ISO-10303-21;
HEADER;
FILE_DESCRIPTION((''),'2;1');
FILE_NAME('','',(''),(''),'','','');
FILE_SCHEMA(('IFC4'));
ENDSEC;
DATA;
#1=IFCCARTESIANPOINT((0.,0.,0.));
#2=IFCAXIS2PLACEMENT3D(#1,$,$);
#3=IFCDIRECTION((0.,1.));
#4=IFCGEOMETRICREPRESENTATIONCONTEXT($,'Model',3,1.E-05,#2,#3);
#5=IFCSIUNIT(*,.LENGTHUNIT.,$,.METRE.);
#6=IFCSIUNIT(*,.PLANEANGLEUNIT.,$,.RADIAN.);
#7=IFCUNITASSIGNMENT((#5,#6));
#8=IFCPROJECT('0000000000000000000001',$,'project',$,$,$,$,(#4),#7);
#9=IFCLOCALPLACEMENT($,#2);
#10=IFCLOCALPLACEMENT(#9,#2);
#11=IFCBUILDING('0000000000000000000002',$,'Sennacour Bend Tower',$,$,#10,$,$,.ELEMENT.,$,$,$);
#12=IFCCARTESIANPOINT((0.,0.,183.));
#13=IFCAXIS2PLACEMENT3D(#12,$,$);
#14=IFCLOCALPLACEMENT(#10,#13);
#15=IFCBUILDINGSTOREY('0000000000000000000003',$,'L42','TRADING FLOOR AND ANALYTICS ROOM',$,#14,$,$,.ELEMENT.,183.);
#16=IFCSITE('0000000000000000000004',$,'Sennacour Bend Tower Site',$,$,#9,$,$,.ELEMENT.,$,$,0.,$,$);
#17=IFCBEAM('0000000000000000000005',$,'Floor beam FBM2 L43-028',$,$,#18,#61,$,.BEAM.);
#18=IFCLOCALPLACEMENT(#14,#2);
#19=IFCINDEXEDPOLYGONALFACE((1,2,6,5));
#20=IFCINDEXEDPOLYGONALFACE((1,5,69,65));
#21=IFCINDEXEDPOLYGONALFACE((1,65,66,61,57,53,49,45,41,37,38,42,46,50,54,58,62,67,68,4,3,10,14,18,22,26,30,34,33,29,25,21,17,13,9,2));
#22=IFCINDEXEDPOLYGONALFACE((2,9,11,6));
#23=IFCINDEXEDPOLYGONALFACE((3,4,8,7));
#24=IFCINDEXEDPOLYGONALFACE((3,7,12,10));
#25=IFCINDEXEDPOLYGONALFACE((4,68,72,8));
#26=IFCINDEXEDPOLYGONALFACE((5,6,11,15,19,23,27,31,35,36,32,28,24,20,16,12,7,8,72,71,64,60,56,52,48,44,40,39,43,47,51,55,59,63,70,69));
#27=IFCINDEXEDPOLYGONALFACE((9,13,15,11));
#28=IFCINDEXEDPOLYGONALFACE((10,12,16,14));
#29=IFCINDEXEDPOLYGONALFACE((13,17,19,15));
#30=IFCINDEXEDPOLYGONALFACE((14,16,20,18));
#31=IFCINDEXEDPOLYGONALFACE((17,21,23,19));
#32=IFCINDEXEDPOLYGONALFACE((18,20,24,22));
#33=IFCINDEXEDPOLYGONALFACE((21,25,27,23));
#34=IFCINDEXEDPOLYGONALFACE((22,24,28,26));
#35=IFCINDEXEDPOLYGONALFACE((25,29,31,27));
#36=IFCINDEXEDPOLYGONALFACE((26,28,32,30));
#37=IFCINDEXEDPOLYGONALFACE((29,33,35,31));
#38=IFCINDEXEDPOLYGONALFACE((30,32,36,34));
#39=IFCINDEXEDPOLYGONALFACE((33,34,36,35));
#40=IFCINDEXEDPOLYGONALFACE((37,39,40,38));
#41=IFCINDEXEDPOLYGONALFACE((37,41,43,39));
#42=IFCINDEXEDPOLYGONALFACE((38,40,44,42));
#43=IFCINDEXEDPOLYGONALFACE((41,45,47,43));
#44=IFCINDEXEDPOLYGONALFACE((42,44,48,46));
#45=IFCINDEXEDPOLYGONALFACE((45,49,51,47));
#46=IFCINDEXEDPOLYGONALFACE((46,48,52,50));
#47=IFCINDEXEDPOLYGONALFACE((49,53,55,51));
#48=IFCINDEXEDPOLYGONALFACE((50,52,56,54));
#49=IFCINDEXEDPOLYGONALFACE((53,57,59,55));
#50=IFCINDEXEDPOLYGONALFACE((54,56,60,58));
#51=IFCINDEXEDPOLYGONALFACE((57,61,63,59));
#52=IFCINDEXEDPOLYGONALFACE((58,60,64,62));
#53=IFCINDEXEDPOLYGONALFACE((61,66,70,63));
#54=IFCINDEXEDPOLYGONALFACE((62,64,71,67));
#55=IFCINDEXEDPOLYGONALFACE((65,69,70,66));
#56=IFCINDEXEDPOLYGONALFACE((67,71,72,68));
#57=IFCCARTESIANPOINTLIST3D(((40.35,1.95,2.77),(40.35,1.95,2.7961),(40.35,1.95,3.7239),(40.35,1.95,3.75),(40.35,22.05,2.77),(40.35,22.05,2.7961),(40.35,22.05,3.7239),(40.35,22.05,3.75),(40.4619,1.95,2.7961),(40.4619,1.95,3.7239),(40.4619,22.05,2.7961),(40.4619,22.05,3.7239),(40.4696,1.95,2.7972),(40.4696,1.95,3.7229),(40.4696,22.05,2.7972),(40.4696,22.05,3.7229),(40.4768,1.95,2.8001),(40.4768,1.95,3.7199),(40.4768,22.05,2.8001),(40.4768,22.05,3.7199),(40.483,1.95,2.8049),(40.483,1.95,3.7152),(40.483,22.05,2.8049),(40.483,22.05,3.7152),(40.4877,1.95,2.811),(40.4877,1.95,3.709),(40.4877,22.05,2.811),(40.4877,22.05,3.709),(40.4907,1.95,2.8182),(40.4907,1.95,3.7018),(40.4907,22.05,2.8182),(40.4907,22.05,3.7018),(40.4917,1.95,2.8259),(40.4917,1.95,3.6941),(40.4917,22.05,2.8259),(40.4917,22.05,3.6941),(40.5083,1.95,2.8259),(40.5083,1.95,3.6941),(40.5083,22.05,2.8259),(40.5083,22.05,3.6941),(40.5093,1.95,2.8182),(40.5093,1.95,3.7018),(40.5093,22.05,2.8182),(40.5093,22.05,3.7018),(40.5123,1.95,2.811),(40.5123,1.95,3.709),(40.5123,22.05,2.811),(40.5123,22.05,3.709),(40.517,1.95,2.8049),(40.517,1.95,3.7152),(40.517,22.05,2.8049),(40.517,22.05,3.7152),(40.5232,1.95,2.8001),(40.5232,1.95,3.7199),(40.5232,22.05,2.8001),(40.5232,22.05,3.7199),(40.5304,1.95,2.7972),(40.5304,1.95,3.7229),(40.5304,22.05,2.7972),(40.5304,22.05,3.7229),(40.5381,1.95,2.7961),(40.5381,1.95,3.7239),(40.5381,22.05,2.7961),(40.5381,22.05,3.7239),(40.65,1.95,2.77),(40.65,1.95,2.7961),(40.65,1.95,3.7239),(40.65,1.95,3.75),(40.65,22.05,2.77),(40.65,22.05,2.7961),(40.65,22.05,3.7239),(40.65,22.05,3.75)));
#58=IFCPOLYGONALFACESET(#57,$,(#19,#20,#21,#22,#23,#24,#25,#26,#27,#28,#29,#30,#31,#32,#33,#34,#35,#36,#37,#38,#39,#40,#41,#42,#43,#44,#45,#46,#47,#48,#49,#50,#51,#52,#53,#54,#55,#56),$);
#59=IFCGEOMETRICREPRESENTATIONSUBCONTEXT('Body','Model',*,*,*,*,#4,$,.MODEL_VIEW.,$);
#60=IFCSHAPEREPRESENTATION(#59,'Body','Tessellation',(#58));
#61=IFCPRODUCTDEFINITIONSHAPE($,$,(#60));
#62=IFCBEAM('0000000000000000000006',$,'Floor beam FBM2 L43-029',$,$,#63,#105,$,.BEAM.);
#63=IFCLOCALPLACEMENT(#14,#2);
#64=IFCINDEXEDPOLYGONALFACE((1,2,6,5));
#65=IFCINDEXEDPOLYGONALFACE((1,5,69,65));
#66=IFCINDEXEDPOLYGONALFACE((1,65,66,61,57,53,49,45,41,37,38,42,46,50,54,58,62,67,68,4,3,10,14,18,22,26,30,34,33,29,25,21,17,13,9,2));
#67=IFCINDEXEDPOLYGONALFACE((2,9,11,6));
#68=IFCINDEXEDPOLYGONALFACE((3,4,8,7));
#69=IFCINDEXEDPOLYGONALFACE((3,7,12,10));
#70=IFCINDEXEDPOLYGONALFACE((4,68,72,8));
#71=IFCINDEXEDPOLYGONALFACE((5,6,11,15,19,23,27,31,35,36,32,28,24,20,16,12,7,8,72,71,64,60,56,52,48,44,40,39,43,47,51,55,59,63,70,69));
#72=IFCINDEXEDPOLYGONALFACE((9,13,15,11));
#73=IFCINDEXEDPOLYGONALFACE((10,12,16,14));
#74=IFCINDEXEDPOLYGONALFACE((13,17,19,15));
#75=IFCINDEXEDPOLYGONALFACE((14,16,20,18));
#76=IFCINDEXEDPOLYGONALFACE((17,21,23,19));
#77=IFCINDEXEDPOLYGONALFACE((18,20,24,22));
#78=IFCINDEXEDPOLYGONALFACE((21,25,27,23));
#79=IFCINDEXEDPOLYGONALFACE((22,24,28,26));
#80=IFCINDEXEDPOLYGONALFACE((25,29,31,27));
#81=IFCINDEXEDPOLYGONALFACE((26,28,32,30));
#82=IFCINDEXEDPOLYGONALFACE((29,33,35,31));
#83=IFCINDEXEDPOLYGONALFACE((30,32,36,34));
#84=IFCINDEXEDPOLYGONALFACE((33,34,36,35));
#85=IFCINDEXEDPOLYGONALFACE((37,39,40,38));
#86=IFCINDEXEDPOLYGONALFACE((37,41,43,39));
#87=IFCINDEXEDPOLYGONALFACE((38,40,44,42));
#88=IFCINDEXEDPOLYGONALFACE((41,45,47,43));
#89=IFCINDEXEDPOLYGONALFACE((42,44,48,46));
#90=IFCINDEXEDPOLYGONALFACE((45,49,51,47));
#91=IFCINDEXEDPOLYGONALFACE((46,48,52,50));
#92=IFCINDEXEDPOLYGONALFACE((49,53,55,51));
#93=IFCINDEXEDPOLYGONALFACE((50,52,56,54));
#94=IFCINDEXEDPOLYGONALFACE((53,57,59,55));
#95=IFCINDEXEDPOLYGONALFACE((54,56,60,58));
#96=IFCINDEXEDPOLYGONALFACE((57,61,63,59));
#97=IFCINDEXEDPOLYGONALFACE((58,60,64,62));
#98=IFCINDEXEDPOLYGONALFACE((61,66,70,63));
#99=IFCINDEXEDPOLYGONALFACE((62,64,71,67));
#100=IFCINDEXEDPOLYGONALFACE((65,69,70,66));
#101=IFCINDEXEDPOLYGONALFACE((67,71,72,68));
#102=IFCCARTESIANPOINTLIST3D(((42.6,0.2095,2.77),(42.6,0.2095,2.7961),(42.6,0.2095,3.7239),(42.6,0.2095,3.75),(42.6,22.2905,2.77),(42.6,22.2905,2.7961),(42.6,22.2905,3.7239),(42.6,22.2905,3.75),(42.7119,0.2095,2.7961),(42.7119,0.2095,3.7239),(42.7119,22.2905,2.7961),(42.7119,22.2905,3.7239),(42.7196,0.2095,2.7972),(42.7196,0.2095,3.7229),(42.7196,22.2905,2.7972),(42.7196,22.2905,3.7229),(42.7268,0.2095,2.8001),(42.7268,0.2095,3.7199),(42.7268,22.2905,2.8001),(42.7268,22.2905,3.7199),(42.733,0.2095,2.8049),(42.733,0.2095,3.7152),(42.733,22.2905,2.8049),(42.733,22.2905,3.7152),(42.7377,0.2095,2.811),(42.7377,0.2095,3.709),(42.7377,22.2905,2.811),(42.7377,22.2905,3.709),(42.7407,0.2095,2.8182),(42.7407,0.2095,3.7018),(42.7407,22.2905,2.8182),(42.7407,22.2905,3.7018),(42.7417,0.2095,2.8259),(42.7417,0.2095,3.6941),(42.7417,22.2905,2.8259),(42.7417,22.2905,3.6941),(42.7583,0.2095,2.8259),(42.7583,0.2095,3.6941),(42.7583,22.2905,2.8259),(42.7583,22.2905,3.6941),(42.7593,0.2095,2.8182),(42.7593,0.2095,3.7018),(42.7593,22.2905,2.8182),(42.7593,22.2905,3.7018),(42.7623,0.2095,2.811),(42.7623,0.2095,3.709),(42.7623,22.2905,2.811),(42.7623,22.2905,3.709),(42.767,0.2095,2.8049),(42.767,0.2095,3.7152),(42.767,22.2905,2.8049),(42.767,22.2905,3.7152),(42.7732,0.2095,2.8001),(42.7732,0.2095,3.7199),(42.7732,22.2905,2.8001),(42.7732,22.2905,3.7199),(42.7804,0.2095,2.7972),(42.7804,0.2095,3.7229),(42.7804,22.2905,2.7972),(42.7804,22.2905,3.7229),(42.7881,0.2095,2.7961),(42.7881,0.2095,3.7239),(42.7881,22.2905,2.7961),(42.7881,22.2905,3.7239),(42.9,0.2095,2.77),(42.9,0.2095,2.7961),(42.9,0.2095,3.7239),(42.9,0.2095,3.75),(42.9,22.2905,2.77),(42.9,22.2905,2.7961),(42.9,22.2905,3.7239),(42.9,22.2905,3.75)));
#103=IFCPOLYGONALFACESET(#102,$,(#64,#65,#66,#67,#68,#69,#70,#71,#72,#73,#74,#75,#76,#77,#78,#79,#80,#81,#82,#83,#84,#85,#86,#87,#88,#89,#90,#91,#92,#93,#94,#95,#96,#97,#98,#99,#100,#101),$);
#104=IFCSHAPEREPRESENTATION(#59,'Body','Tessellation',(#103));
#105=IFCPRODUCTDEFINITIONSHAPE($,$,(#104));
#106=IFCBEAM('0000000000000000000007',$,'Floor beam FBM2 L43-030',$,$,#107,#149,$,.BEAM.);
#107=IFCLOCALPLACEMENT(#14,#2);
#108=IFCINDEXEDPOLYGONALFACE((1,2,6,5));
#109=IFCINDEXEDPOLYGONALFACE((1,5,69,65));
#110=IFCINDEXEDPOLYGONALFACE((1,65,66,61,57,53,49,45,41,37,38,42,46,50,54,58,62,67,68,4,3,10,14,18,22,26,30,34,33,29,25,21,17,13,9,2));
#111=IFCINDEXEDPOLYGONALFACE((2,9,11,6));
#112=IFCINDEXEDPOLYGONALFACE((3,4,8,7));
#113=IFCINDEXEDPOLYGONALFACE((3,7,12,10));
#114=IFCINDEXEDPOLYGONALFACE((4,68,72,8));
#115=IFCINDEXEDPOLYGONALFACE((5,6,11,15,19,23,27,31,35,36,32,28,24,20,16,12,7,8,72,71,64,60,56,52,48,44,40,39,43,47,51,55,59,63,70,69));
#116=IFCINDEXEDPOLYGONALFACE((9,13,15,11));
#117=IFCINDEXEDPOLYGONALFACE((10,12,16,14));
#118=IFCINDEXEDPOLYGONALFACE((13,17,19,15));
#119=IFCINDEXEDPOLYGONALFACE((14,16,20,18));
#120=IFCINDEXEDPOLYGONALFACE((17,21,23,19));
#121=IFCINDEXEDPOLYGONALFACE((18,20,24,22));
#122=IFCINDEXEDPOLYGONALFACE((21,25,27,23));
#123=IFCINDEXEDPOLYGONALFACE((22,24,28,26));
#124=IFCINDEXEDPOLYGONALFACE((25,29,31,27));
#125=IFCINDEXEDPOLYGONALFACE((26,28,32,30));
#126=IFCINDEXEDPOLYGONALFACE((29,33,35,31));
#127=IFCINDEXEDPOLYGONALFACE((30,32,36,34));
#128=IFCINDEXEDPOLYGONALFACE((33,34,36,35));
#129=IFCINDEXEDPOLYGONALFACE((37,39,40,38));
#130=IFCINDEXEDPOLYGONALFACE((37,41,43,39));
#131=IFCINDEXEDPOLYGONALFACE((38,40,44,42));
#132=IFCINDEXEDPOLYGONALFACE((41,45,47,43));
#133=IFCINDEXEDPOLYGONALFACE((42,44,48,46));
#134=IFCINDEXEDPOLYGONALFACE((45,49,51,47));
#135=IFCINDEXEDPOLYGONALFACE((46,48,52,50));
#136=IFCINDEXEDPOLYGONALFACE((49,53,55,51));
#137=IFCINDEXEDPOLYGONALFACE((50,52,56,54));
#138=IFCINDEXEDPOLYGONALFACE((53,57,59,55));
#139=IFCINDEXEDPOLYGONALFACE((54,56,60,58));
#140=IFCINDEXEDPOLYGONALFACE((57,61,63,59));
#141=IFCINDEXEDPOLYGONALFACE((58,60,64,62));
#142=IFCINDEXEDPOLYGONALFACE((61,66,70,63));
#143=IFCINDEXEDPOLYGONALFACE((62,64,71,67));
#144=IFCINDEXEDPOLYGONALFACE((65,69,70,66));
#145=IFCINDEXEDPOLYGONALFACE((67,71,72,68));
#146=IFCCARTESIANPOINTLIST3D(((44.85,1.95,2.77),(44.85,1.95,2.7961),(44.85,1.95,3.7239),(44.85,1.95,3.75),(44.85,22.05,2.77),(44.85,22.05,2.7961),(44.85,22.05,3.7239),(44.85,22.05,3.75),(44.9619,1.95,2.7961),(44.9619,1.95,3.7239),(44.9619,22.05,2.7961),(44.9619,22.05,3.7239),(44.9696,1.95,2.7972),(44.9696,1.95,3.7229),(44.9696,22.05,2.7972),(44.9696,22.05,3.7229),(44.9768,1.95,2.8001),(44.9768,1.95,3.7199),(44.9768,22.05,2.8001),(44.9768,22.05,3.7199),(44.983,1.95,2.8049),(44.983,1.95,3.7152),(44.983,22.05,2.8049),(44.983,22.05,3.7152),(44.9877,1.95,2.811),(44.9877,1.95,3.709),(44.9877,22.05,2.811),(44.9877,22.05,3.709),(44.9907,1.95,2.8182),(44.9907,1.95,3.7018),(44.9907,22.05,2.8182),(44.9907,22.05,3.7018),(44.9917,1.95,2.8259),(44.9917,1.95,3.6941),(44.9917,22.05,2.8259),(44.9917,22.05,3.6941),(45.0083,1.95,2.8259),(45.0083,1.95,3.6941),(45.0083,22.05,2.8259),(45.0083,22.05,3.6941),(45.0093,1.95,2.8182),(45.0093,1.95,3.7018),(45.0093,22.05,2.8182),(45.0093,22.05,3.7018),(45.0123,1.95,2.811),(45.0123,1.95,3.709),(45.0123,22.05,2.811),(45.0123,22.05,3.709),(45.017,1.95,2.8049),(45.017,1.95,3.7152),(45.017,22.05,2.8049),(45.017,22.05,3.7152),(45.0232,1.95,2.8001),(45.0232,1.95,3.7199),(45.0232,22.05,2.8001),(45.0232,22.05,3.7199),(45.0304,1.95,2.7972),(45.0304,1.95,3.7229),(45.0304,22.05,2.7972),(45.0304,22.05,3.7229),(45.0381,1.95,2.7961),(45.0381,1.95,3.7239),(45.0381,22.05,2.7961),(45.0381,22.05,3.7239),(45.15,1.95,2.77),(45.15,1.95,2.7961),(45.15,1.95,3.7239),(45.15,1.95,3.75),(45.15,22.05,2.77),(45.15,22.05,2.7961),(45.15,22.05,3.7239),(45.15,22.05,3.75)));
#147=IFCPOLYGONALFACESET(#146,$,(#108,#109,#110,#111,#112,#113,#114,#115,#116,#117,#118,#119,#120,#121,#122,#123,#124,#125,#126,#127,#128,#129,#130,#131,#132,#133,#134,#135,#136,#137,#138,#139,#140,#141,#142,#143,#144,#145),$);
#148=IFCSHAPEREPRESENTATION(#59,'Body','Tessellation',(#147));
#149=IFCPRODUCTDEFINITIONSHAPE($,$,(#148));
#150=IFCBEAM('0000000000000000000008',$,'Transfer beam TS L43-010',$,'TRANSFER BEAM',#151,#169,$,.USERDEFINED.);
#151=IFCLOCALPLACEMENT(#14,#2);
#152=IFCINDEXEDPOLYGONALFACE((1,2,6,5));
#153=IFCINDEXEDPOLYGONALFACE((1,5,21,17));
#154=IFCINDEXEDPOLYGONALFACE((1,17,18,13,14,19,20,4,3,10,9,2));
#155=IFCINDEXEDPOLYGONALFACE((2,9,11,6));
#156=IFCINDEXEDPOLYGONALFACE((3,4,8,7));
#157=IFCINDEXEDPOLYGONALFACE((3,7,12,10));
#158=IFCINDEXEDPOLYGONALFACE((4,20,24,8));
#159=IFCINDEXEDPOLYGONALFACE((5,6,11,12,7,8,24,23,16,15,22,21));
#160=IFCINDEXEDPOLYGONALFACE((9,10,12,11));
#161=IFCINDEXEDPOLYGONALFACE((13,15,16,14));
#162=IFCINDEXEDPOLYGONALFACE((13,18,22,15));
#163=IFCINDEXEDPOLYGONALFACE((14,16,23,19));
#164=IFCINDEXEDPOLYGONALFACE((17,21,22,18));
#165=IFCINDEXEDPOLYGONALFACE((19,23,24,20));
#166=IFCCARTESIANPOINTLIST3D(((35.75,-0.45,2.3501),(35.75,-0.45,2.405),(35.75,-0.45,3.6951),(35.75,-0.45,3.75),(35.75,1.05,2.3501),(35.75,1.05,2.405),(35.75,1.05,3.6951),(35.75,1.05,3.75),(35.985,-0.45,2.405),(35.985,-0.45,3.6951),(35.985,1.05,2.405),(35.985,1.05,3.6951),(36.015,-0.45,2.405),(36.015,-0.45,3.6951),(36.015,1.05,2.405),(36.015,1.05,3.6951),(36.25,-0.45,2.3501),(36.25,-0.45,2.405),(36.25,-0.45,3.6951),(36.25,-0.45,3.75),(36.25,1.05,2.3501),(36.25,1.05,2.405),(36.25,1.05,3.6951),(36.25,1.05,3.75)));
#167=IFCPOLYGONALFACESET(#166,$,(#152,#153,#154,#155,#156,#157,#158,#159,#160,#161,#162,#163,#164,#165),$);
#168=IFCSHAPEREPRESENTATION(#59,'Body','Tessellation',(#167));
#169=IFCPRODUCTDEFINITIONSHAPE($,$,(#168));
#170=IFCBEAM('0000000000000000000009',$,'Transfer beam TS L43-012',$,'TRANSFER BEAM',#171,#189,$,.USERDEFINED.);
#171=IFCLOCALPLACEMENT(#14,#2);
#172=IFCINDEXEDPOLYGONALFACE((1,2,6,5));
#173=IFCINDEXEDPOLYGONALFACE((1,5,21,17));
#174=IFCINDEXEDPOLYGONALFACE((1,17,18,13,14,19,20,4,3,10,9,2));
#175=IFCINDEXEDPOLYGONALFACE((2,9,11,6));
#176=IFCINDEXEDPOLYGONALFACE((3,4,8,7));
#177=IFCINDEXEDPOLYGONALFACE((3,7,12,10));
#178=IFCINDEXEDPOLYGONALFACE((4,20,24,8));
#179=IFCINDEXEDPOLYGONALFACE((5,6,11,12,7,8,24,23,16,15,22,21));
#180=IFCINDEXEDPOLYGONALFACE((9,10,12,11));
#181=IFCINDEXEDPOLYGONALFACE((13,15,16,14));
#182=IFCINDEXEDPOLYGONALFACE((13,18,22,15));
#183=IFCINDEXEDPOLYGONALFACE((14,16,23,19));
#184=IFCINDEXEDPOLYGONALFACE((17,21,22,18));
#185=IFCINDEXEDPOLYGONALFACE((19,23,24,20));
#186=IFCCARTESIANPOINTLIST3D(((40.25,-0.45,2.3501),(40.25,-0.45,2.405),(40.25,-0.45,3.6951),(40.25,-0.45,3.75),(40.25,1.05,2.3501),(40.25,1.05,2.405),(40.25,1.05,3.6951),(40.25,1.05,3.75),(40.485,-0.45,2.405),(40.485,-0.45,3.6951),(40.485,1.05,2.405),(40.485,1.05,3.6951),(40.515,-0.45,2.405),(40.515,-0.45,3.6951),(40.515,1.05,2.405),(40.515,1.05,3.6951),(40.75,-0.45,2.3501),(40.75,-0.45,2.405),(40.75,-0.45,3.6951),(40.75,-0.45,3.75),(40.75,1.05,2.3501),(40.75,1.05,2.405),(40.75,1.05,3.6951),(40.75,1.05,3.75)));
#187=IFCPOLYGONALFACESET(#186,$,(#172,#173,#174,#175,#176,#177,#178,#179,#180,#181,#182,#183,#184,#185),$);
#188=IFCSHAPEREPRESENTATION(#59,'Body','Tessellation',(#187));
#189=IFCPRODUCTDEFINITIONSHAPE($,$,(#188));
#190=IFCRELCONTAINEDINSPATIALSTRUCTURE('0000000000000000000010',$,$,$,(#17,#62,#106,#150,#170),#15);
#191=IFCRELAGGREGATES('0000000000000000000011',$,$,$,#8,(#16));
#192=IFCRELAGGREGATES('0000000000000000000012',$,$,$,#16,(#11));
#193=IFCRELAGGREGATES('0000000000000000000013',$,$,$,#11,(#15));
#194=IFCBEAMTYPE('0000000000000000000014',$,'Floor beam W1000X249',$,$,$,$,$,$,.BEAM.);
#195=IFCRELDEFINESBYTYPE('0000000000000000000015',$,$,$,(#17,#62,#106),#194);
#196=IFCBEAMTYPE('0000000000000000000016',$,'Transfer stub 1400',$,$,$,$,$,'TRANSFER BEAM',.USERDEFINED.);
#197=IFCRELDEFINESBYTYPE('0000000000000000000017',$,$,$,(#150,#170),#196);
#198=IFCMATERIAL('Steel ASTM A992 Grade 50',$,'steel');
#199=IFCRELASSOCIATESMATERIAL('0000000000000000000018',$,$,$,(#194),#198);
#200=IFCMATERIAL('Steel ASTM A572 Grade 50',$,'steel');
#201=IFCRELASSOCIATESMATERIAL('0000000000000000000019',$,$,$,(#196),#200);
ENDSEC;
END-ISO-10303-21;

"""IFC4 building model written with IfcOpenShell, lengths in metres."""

from ifc_helpers import new_model, si_unit, direction, frame, origin, origin_2d, place, context, subcontext, project, spatial, i_section, extrude, material, material_profile, profile_set, type_object, element, save


model = new_model("IFC4")

# Units and contexts
model_context = context("Model", 3, precision=1e-05, world=origin(), true_north=direction((0.0, 1.0)))
body_context = subcontext(model_context, "Body", "Model", "MODEL_VIEW")
ifc_project = project(units=[si_unit("LENGTHUNIT", "METRE"), si_unit("PLANEANGLEUNIT", "RADIAN")], contexts=[model_context])

# Site, building, storey
site_placement = place(None, origin())
site = spatial("IfcSite", under=ifc_project, at=site_placement, Name="Sennacour Bend Tower Site", CompositionType="ELEMENT", RefElevation=0.0)
building_placement = place(site_placement, origin())
building = spatial("IfcBuilding", under=site, at=building_placement, Name="Sennacour Bend Tower", CompositionType="ELEMENT")
storey_placement = place(building_placement, frame((0.0, 0.0, 183.0)))
storey = spatial("IfcBuildingStorey", under=building, at=storey_placement, Name="L42", Description="TRADING FLOOR AND ANALYTICS ROOM", CompositionType="ELEMENT", Elevation=183.0)

# Shared definitions
ifc_material_1 = material(Name="Steel ASTM A572 Grade 50", Category="steel")

# Beams
ifc_material_2 = material(Name="Steel ASTM A992 Grade 50", Category="steel")
ifc_material_profile_1 = material_profile(ifc_material_2, i_section(OverallWidth=0.3, OverallDepth=0.98, WebThickness=0.0166, FlangeThickness=0.0261, FilletRadius=0.0298, at=origin_2d()), Name="Steel ASTM A992 Grade 50", Category="steel")
ifc_profile_set_1 = profile_set([ifc_material_profile_1], Name="Steel ASTM A992 Grade 50")
beam_type_1 = type_object("IfcBeamType", Name="Floor beam W1000X249", PredefinedType="BEAM", material=ifc_profile_set_1)
beam_1_placement = place(storey_placement, frame((40.5, 1.95, 3.26), z_axis=(0.0, 1.0, 0.0), x_axis=(-1.0, 0.0, 0.0)))
element("IfcBeam", 1, at=beam_1_placement, inside=storey, type_object=beam_type_1, Name="Floor beam FBM2 L43-028", PredefinedType="BEAM", context=body_context, shape_type="SweptSolid", body=[
    extrude(i_section(OverallWidth=0.3, OverallDepth=0.98, WebThickness=0.0166, FlangeThickness=0.0261, FilletRadius=0.0298, at=origin_2d()), origin(), (0.0, 0.0, 1.0), 20.1001),
])
beam_2_placement = place(storey_placement, frame((42.75, 0.2095, 3.26), z_axis=(0.0, 1.0, 0.0), x_axis=(-1.0, 0.0, 0.0)))
element("IfcBeam", 2, at=beam_2_placement, inside=storey, type_object=beam_type_1, Name="Floor beam FBM2 L43-029", PredefinedType="BEAM", context=body_context, shape_type="SweptSolid", body=[
    extrude(i_section(OverallWidth=0.3, OverallDepth=0.98, WebThickness=0.0166, FlangeThickness=0.0261, FilletRadius=0.0298, at=origin_2d()), origin(), (0.0, 0.0, 1.0), 22.0811),
])
beam_3_placement = place(storey_placement, frame((45.0, 1.95, 3.26), z_axis=(0.0, 1.0, 0.0), x_axis=(-1.0, 0.0, 0.0)))
element("IfcBeam", 3, at=beam_3_placement, inside=storey, type_object=beam_type_1, Name="Floor beam FBM2 L43-030", PredefinedType="BEAM", context=body_context, shape_type="SweptSolid", body=[
    extrude(i_section(OverallWidth=0.3, OverallDepth=0.98, WebThickness=0.0166, FlangeThickness=0.0261, FilletRadius=0.0298, at=origin_2d()), origin(), (0.0, 0.0, 1.0), 20.1001),
])
ifc_material_profile_2 = material_profile(ifc_material_1, i_section(OverallWidth=0.5, OverallDepth=1.3999, WebThickness=0.03, FlangeThickness=0.0549, at=origin_2d()), Name="Steel ASTM A572 Grade 50", Category="steel")
ifc_profile_set_2 = profile_set([ifc_material_profile_2], Name="Steel ASTM A572 Grade 50")
beam_type_2 = type_object("IfcBeamType", Name="Transfer stub 1400", ElementType="TRANSFER BEAM", PredefinedType="USERDEFINED", material=ifc_profile_set_2)
for number, where, z_axis, x_axis, name in (
    (4, (36.0, 1.05, 3.05), (0.0, -1.0, 0.0), (1.0, 0.0, 0.0), "Transfer beam TS L43-010"),
    (5, (40.5, 1.05, 3.05), (0.0, -1.0, 0.0), (1.0, 0.0, 0.0), "Transfer beam TS L43-012"),
):
    element("IfcBeam", number, at=place(storey_placement, frame(where, z_axis=z_axis, x_axis=x_axis)), inside=storey, type_object=beam_type_2, Name=name, ObjectType="TRANSFER BEAM", PredefinedType="USERDEFINED", context=body_context, shape_type="SweptSolid", body=[
        extrude(i_section(OverallWidth=0.5, OverallDepth=1.3999, WebThickness=0.03, FlangeThickness=0.0549, at=origin_2d()), origin(), (0.0, 0.0, 1.0), 1.5),
    ])

save(model, "model.ifc")
